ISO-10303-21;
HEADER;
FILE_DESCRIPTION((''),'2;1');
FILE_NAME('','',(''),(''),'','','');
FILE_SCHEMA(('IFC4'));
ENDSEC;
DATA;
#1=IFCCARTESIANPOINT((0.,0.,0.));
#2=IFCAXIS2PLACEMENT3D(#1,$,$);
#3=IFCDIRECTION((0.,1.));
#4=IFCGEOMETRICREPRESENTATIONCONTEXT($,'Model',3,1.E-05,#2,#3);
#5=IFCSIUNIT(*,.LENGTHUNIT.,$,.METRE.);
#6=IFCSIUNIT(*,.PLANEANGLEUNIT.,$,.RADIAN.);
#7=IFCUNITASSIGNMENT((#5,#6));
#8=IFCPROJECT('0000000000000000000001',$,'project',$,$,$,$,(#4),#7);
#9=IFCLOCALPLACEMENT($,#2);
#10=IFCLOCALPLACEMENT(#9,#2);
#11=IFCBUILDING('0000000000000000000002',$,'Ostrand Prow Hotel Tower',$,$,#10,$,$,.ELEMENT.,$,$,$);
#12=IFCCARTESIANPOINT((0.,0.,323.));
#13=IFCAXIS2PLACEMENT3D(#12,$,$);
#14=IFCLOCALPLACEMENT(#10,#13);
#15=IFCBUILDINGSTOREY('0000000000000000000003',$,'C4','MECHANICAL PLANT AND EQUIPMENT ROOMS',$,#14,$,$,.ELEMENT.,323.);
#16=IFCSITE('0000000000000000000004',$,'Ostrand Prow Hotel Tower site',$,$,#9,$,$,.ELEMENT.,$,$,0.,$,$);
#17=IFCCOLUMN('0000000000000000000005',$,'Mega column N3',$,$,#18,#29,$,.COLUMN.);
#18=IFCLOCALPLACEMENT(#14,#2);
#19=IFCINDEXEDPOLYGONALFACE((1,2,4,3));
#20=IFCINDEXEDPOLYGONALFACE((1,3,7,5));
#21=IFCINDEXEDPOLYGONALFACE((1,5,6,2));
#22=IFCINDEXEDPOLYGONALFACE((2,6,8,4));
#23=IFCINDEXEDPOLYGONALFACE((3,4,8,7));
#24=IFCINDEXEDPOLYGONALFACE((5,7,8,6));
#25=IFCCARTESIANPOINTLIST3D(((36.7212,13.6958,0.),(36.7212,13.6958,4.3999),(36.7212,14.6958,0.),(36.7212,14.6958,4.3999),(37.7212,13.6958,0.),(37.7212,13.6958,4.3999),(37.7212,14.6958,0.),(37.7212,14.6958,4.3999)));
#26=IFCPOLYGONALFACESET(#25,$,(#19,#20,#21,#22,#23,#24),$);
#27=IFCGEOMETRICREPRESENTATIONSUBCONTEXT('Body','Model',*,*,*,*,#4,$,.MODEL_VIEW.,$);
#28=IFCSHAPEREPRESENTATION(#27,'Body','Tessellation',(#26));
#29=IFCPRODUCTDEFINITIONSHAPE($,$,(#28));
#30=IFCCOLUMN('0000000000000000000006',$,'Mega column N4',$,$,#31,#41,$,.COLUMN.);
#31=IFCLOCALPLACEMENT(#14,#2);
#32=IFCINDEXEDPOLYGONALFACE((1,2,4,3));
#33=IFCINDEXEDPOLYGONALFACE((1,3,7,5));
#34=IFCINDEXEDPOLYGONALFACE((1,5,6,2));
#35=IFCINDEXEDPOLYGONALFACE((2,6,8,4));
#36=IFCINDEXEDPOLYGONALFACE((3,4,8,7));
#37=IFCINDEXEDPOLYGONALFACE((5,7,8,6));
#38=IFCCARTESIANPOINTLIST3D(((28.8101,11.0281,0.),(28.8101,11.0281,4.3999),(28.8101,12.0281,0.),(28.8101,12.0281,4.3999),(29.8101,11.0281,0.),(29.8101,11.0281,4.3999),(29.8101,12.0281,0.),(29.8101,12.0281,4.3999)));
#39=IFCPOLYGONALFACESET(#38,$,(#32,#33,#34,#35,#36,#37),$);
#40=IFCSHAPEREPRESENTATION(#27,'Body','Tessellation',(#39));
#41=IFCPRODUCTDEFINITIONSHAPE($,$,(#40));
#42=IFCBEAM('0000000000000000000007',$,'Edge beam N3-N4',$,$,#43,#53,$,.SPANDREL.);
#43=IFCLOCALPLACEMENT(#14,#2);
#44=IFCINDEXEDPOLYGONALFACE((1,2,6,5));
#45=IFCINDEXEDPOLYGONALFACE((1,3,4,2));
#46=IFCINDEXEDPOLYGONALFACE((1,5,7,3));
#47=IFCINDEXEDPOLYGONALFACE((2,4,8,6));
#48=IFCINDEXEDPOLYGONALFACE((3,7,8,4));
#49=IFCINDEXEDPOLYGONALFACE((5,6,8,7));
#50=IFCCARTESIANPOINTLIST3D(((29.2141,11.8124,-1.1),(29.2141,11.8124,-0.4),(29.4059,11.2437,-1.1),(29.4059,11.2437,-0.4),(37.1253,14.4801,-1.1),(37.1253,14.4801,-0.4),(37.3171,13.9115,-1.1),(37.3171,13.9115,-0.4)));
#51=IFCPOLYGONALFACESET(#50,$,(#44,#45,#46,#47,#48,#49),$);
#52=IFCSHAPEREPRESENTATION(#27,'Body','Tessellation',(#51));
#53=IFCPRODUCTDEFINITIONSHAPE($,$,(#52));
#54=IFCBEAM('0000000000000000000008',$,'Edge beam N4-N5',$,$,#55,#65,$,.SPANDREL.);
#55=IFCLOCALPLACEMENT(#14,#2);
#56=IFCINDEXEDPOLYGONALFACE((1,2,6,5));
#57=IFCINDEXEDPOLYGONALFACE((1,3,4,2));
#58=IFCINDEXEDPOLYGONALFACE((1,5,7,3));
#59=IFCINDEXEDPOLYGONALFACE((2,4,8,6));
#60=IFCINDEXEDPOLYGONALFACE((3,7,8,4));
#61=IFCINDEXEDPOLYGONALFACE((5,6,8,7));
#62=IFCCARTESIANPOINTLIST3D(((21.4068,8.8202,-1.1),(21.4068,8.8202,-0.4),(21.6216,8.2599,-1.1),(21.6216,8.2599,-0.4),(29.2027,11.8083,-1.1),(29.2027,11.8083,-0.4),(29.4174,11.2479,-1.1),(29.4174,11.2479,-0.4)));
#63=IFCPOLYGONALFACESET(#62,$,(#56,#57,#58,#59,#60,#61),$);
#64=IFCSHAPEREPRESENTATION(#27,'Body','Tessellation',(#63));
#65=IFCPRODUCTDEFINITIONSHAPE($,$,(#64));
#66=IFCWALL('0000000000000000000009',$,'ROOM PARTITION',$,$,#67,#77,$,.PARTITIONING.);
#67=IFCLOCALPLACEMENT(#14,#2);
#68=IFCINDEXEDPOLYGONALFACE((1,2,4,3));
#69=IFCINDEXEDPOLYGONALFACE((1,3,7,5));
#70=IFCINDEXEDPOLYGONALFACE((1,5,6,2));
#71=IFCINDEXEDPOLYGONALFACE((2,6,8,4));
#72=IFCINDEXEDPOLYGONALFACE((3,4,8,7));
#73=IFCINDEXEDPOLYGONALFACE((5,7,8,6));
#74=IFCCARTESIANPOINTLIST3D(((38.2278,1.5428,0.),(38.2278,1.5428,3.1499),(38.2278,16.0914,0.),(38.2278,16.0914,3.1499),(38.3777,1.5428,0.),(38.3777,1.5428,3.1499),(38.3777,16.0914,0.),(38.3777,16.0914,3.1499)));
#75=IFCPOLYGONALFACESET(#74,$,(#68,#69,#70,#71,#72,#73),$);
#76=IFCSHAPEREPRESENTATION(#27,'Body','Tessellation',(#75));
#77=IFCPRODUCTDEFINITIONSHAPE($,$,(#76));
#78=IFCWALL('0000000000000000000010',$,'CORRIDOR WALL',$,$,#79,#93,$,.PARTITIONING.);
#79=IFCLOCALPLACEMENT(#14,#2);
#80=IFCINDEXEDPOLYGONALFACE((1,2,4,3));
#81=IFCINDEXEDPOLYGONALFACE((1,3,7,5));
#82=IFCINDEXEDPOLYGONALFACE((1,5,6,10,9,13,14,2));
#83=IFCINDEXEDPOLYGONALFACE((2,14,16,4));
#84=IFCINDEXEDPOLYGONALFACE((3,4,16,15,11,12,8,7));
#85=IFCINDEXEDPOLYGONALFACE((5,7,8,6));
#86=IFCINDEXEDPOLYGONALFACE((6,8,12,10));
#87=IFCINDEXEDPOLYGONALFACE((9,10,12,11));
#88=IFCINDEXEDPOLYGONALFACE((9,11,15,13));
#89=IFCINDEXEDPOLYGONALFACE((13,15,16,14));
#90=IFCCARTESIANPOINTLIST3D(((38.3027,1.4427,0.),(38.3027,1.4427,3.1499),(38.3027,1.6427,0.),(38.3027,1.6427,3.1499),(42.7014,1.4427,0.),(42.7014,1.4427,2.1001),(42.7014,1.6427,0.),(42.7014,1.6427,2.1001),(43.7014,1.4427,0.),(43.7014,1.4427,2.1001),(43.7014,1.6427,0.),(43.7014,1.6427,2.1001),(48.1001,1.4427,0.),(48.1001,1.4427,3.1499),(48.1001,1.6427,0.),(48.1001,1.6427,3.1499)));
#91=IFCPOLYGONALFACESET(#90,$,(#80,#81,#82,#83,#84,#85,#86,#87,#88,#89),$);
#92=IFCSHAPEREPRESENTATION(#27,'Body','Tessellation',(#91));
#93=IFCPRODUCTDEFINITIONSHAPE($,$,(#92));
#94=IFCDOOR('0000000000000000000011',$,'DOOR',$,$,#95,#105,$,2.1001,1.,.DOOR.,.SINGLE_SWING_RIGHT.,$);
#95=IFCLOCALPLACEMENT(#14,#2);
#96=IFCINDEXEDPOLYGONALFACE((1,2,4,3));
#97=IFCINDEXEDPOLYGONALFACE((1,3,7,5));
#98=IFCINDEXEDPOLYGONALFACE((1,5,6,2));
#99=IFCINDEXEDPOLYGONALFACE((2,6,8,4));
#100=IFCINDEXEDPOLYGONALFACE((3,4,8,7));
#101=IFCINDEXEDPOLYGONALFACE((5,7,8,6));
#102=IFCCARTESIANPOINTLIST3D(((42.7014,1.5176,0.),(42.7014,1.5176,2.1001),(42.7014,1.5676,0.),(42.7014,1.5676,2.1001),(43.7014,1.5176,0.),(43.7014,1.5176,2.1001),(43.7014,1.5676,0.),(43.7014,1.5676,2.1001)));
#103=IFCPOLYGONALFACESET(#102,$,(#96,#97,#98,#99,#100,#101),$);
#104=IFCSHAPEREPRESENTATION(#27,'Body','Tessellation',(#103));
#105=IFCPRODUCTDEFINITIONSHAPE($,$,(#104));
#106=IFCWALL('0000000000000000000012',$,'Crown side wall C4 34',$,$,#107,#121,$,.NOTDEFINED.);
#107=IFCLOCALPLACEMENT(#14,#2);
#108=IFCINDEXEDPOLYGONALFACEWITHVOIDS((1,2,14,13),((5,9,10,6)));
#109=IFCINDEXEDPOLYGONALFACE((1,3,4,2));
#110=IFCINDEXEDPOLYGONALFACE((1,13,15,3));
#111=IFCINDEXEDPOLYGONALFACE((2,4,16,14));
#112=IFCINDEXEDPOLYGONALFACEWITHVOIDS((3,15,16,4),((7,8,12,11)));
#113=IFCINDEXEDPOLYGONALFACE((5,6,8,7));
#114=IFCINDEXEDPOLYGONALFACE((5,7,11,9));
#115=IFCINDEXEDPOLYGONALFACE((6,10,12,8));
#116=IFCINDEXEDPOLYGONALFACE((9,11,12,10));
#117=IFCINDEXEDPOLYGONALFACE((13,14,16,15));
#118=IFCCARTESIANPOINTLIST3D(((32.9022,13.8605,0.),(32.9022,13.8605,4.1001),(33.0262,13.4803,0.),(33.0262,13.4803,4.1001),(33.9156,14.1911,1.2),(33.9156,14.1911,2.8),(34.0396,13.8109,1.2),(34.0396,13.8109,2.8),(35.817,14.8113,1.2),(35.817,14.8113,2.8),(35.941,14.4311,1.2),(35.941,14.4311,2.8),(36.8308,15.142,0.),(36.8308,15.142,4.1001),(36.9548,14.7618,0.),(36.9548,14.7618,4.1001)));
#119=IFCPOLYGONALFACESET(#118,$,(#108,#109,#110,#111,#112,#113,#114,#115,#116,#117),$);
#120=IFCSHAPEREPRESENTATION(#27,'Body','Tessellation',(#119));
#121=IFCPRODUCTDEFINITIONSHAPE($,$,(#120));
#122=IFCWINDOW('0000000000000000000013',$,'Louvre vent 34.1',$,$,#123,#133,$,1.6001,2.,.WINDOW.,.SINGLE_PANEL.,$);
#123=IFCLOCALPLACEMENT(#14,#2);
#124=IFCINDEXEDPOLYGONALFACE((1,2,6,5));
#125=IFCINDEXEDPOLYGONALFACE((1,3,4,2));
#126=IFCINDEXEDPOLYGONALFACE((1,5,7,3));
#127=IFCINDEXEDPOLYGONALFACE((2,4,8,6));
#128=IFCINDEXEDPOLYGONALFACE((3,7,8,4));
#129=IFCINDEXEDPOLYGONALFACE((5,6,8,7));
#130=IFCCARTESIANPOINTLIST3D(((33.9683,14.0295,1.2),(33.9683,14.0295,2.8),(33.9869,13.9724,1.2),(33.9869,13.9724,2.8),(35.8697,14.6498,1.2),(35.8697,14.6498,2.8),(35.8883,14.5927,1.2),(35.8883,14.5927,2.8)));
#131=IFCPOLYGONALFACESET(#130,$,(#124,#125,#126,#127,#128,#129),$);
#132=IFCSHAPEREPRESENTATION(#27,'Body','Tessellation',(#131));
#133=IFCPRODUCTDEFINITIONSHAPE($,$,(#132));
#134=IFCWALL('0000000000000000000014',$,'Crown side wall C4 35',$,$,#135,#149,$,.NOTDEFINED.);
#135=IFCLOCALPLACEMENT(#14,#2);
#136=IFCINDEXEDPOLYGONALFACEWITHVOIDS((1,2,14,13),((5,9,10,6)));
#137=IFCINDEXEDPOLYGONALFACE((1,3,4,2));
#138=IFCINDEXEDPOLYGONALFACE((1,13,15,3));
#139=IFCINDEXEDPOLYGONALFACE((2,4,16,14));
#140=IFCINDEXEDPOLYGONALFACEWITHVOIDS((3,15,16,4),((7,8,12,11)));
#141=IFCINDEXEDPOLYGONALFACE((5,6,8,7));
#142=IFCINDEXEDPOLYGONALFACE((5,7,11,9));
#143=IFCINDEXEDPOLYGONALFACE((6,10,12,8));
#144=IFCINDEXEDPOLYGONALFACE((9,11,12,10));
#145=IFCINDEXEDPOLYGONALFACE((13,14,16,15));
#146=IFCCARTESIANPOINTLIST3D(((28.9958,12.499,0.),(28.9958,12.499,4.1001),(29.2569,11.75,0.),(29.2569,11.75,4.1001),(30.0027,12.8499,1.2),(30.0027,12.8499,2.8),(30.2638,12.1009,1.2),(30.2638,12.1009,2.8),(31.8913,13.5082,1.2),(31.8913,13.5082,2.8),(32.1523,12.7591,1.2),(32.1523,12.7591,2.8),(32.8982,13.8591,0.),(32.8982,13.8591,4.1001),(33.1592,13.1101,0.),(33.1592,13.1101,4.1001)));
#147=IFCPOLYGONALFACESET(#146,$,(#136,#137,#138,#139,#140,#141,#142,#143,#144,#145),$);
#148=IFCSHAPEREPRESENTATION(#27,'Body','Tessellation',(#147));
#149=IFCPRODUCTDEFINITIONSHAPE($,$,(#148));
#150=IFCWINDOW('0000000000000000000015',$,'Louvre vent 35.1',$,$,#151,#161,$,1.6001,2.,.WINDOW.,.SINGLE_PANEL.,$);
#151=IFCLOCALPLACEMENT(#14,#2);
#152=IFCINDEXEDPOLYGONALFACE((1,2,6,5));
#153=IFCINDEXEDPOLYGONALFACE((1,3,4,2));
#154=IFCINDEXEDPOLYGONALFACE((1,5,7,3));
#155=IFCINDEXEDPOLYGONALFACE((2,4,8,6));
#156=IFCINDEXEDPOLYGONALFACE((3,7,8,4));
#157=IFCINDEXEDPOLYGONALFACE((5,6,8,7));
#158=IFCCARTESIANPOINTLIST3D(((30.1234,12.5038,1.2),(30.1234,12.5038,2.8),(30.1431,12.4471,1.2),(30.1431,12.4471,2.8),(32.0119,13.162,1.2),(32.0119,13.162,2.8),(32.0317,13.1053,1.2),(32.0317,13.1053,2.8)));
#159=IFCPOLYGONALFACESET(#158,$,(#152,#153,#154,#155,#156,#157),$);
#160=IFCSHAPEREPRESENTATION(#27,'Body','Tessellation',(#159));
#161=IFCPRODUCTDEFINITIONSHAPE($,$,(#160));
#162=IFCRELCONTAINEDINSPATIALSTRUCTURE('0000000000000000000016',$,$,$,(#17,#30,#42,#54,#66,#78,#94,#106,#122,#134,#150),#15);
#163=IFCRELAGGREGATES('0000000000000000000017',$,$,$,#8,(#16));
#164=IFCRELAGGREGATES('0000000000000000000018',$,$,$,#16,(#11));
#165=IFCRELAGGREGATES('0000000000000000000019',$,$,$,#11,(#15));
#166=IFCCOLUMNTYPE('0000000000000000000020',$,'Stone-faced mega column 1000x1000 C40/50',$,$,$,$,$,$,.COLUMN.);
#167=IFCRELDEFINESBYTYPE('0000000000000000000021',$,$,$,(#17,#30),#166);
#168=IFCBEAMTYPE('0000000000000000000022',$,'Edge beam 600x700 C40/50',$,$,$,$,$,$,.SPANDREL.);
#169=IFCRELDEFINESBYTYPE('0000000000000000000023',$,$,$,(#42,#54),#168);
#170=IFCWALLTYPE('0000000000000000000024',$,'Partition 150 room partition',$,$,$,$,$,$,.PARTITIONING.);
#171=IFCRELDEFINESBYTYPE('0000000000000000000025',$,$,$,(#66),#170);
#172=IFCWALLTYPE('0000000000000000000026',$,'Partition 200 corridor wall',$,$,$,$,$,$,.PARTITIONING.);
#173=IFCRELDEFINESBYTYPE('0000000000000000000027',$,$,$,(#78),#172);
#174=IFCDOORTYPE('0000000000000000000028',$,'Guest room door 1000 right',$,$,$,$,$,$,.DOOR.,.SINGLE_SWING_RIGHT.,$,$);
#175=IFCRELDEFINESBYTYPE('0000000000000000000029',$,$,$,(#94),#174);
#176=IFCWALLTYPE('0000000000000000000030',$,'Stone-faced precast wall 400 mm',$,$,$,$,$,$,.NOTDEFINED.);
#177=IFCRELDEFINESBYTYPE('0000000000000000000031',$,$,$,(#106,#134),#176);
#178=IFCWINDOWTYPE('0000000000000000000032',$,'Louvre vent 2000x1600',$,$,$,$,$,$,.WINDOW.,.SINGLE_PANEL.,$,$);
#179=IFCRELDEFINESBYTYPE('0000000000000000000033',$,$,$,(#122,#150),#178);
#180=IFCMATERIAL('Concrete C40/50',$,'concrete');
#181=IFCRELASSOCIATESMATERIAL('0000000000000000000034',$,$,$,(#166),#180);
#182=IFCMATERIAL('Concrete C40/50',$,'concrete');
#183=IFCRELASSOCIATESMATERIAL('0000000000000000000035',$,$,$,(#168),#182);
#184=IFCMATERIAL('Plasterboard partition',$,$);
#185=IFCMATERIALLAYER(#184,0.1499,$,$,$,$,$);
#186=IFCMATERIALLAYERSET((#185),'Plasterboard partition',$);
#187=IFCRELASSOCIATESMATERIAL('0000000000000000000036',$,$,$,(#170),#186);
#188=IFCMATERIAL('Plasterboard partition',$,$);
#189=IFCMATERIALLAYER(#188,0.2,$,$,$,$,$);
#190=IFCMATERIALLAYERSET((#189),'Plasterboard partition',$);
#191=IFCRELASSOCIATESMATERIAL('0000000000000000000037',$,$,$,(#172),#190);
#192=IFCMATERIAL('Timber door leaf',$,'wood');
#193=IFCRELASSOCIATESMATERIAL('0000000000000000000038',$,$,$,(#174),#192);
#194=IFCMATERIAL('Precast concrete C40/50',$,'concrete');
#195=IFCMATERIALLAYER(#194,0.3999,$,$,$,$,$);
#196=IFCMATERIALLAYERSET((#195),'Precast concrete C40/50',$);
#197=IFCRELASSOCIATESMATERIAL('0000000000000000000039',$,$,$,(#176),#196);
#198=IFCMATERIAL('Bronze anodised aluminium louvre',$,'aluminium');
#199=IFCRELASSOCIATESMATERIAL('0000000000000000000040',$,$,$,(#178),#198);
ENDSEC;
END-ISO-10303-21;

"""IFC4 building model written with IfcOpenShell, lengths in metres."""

from ifc_helpers import new_model, si_unit, direction, frame, frame_2d, origin, origin_2d, place, context, subcontext, project, spatial, rectangle, extrude, material, layer, layer_set, material_profile, profile_set, type_object, element, fill, save


model = new_model("IFC4")

# Units and contexts
model_context = context("Model", 3, precision=1e-05, world=origin(), true_north=direction((0.0, 1.0)))
body_context = subcontext(model_context, "Body", "Model", "MODEL_VIEW")
ifc_project = project(units=[si_unit("LENGTHUNIT", "METRE"), si_unit("PLANEANGLEUNIT", "RADIAN")], contexts=[model_context])

# Site, building, storey
site_placement = place(None, origin())
site = spatial("IfcSite", under=ifc_project, at=site_placement, Name="Ostrand Prow Hotel Tower site", CompositionType="ELEMENT", RefElevation=0.0)
building_placement = place(site_placement, origin())
building = spatial("IfcBuilding", under=site, at=building_placement, Name="Ostrand Prow Hotel Tower", CompositionType="ELEMENT")
storey_placement = place(building_placement, frame((0.0, 0.0, 323.0)))
storey = spatial("IfcBuildingStorey", under=building, at=storey_placement, Name="C4", Description="MECHANICAL PLANT AND EQUIPMENT ROOMS", CompositionType="ELEMENT", Elevation=323.0)

# Columns
ifc_material_1 = material(Name="Concrete C40/50", Category="concrete")
ifc_material_profile_1 = material_profile(ifc_material_1, rectangle(XDim=1.0, YDim=1.0, at=origin_2d()), Name="RC 1000x1000")
ifc_profile_set_1 = profile_set([ifc_material_profile_1], Name="Concrete C40/50")
column_type = type_object("IfcColumnType", Name="Stone-faced mega column 1000x1000 C40/50", PredefinedType="COLUMN", material=ifc_profile_set_1)
for number, where, z_axis, x_axis, name in (
    (1, (37.2212, 14.1958, 0.0), (0.0, 0.0, 1.0), (1.0, 0.0, 0.0), "Mega column N3"),
    (2, (29.3101, 11.5281, 0.0), (0.0, 0.0, 1.0), (1.0, 0.0, 0.0), "Mega column N4"),
):
    element("IfcColumn", number, at=place(storey_placement, frame(where, z_axis=z_axis, x_axis=x_axis)), inside=storey, type_object=column_type, Name=name, PredefinedType="COLUMN", context=body_context, shape_type="SweptSolid", body=[
        extrude(rectangle(XDim=1.0, YDim=1.0, at=origin_2d()), origin(), (0.0, 0.0, 1.0), 4.3999),
    ])

# Beams
ifc_material_2 = material(Name="Concrete C40/50", Category="concrete")
ifc_material_profile_2 = material_profile(ifc_material_2, rectangle(XDim=0.6001, YDim=0.7, at=origin_2d()), Name="RC 600x700")
ifc_profile_set_2 = profile_set([ifc_material_profile_2], Name="Concrete C40/50")
beam_type = type_object("IfcBeamType", Name="Edge beam 600x700 C40/50", PredefinedType="SPANDREL", material=ifc_profile_set_2)
for number, where, z_axis, x_axis, name in (
    (3, (37.2212, 14.1958, -0.75), (-0.947575, -0.319533, 0.0), (0.319533, -0.947575, 0.0), "Edge beam N3-N4"),
    (4, (29.3101, 11.5281, -0.75), (-0.933762, -0.357895, 0.0), (0.357895, -0.933762, 0.0), "Edge beam N4-N5"),
):
    element("IfcBeam", number, at=place(storey_placement, frame(where, z_axis=z_axis, x_axis=x_axis)), inside=storey, type_object=beam_type, Name=name, PredefinedType="SPANDREL", context=body_context, shape_type="SweptSolid", body=[
        extrude(rectangle(XDim=0.6001, YDim=0.7, at=origin_2d()), origin(), (0.0, 0.0, 1.0), 8.3489),
    ])

# Wall
ifc_material_3 = material(Name="Plasterboard partition")
ifc_layer_1 = layer(ifc_material_3, 0.1499)
ifc_layer_set_1 = layer_set([ifc_layer_1], Name="Plasterboard partition")
wall_type_1 = type_object("IfcWallType", Name="Partition 150 room partition", PredefinedType="PARTITIONING", material=ifc_layer_set_1)
wall_1_placement = place(storey_placement, frame((38.3027, 1.5427, 0.0), z_axis=(0.0, 0.0, 1.0), x_axis=(0.0, 1.0, 0.0)))
element("IfcWall", 5, at=wall_1_placement, inside=storey, type_object=wall_type_1, Name="ROOM PARTITION", PredefinedType="PARTITIONING", context=body_context, shape_type="SweptSolid", body=[
    extrude(rectangle(XDim=14.5486, YDim=0.1499, at=frame_2d((7.2744, 0.0))), origin(), (0.0, 0.0, 1.0), 3.1499),
])

# Wall, opening, door
ifc_material_4 = material(Name="Plasterboard partition")
ifc_layer_2 = layer(ifc_material_4, 0.2)
ifc_layer_set_2 = layer_set([ifc_layer_2], Name="Plasterboard partition")
wall_type_2 = type_object("IfcWallType", Name="Partition 200 corridor wall", PredefinedType="PARTITIONING", material=ifc_layer_set_2)
wall_2_placement = place(storey_placement, frame((38.3027, 1.5427, 0.0), z_axis=(0.0, 0.0, 1.0), x_axis=(1.0, 0.0, 0.0)))
wall_2 = element("IfcWall", 6, at=wall_2_placement, inside=storey, type_object=wall_type_2, Name="CORRIDOR WALL", PredefinedType="PARTITIONING", context=body_context, shape_type="SweptSolid", body=[
    extrude(rectangle(XDim=9.7974, YDim=0.2, at=frame_2d((4.8987, 0.0))), origin(), (0.0, 0.0, 1.0), 3.1499),
])
opening_1_placement = place(wall_2_placement, frame((4.3987, 0.0, 0.0)))
opening_1 = element("IfcOpeningElement", 7, at=opening_1_placement, cuts=wall_2, PredefinedType="OPENING", context=body_context, shape_type="SweptSolid", body=[
    extrude(rectangle(XDim=1.0, YDim=2.1001, at=frame_2d((0.5, 1.05))), frame((0.0, 0.1099, 0.0), z_axis=(0.0, -1.0, 0.0), x_axis=(1.0, 0.0, 0.0)), (0.0, 0.0, 1.0), 0.22),
])
ifc_material_5 = material(Name="Timber door leaf", Category="wood")
door_type = type_object("IfcDoorType", Name="Guest room door 1000 right", OperationType="SINGLE_SWING_RIGHT", PredefinedType="DOOR", material=ifc_material_5)
door_placement = place(opening_1_placement, origin())
door = element("IfcDoor", 8, at=door_placement, inside=storey, type_object=door_type, Name="DOOR", OperationType="SINGLE_SWING_RIGHT", OverallHeight=2.1001, OverallWidth=1.0, PredefinedType="DOOR", context=body_context, shape_type="SweptSolid", body=[
    extrude(rectangle(XDim=1.0, YDim=2.1001, at=frame_2d((0.5, 1.05))), frame((0.0, 0.0249, 0.0), z_axis=(0.0, -1.0, 0.0), x_axis=(1.0, 0.0, 0.0)), (0.0, 0.0, 1.0), 0.05),
])
fill(opening_1, door)

# Walls, openings, windows
ifc_material_6 = material(Name="Precast concrete C40/50", Category="concrete")
ifc_layer_3 = layer(ifc_material_6, 0.3999)
ifc_layer_set_3 = layer_set([ifc_layer_3], Name="Precast concrete C40/50")
wall_type_3 = type_object("IfcWallType", Name="Stone-faced precast wall 400 mm", PredefinedType="NOTDEFINED", material=ifc_layer_set_3)
wall_3_placement = place(storey_placement, frame((36.8928, 14.9519, 0.0), z_axis=(0.0, 0.0, 1.0), x_axis=(-0.950702, -0.310107, 0.0)))
wall_3 = element("IfcWall", 9, at=wall_3_placement, inside=storey, type_object=wall_type_3, Name="Crown side wall C4 34", PredefinedType="NOTDEFINED", context=body_context, shape_type="SweptSolid", body=[
    extrude(rectangle(XDim=4.1323, YDim=0.3999, at=frame_2d((2.0662, 0.0))), origin(), (0.0, 0.0, 1.0), 4.1001),
])
opening_2_placement = place(wall_3_placement, frame((1.0664, 0.0, 1.2)))
opening_2 = element("IfcOpeningElement", 10, at=opening_2_placement, cuts=wall_3, PredefinedType="OPENING", context=body_context, shape_type="SweptSolid", body=[
    extrude(rectangle(XDim=2.0, YDim=1.6001, at=frame_2d((1.0, 0.8))), frame((0.0, 0.21, 0.0), z_axis=(0.0, -1.0, 0.0), x_axis=(1.0, 0.0, 0.0)), (0.0, 0.0, 1.0), 0.4199),
])
ifc_material_7 = material(Name="Bronze anodised aluminium louvre", Category="aluminium")
window_type = type_object("IfcWindowType", Name="Louvre vent 2000x1600", PartitioningType="SINGLE_PANEL", PredefinedType="WINDOW", material=ifc_material_7)
window_1_placement = place(opening_2_placement, origin())
window_1 = element("IfcWindow", 11, at=window_1_placement, inside=storey, type_object=window_type, Name="Louvre vent 34.1", OverallHeight=1.6001, OverallWidth=2.0, PartitioningType="SINGLE_PANEL", PredefinedType="WINDOW", context=body_context, shape_type="SweptSolid", body=[
    extrude(rectangle(XDim=2.0, YDim=1.6001, at=frame_2d((1.0, 0.8))), frame((0.0, 0.03, 0.0), z_axis=(0.0, -1.0, 0.0), x_axis=(1.0, 0.0, 0.0)), (0.0, 0.0, 1.0), 0.0601),
])
fill(opening_2, window_1)
wall_4_placement = place(storey_placement, frame((33.0288, 13.4846, 0.0), z_axis=(0.0, 0.0, 1.0), x_axis=(-0.944289, -0.329119, 0.0)))
wall_4 = element("IfcWall", 12, at=wall_4_placement, inside=storey, type_object=wall_type_3, Name="Crown side wall C4 35", PredefinedType="NOTDEFINED", context=body_context, shape_type="SweptSolid", body=[
    extrude(rectangle(XDim=4.1326, YDim=0.7932, at=frame_2d((2.0664, 0.0))), origin(), (0.0, 0.0, 1.0), 4.1001),
])
opening_3_placement = place(wall_4_placement, frame((1.0664, 0.0, 1.2)))
opening_3 = element("IfcOpeningElement", 13, at=opening_3_placement, cuts=wall_4, PredefinedType="OPENING", context=body_context, shape_type="SweptSolid", body=[
    extrude(rectangle(XDim=2.0, YDim=1.6001, at=frame_2d((1.0, 0.8))), frame((0.0, 0.4065, 0.0), z_axis=(0.0, -1.0, 0.0), x_axis=(1.0, 0.0, 0.0)), (0.0, 0.0, 1.0), 0.8132),
])
window_2_placement = place(opening_3_placement, origin())
window_2 = element("IfcWindow", 14, at=window_2_placement, inside=storey, type_object=window_type, Name="Louvre vent 35.1", OverallHeight=1.6001, OverallWidth=2.0, PartitioningType="SINGLE_PANEL", PredefinedType="WINDOW", context=body_context, shape_type="SweptSolid", body=[
    extrude(rectangle(XDim=2.0, YDim=1.6001, at=frame_2d((1.0, 0.8))), frame((0.0, 0.03, 0.0), z_axis=(0.0, -1.0, 0.0), x_axis=(1.0, 0.0, 0.0)), (0.0, 0.0, 1.0), 0.0601),
])
fill(opening_3, window_2)

save(model, "model.ifc")
